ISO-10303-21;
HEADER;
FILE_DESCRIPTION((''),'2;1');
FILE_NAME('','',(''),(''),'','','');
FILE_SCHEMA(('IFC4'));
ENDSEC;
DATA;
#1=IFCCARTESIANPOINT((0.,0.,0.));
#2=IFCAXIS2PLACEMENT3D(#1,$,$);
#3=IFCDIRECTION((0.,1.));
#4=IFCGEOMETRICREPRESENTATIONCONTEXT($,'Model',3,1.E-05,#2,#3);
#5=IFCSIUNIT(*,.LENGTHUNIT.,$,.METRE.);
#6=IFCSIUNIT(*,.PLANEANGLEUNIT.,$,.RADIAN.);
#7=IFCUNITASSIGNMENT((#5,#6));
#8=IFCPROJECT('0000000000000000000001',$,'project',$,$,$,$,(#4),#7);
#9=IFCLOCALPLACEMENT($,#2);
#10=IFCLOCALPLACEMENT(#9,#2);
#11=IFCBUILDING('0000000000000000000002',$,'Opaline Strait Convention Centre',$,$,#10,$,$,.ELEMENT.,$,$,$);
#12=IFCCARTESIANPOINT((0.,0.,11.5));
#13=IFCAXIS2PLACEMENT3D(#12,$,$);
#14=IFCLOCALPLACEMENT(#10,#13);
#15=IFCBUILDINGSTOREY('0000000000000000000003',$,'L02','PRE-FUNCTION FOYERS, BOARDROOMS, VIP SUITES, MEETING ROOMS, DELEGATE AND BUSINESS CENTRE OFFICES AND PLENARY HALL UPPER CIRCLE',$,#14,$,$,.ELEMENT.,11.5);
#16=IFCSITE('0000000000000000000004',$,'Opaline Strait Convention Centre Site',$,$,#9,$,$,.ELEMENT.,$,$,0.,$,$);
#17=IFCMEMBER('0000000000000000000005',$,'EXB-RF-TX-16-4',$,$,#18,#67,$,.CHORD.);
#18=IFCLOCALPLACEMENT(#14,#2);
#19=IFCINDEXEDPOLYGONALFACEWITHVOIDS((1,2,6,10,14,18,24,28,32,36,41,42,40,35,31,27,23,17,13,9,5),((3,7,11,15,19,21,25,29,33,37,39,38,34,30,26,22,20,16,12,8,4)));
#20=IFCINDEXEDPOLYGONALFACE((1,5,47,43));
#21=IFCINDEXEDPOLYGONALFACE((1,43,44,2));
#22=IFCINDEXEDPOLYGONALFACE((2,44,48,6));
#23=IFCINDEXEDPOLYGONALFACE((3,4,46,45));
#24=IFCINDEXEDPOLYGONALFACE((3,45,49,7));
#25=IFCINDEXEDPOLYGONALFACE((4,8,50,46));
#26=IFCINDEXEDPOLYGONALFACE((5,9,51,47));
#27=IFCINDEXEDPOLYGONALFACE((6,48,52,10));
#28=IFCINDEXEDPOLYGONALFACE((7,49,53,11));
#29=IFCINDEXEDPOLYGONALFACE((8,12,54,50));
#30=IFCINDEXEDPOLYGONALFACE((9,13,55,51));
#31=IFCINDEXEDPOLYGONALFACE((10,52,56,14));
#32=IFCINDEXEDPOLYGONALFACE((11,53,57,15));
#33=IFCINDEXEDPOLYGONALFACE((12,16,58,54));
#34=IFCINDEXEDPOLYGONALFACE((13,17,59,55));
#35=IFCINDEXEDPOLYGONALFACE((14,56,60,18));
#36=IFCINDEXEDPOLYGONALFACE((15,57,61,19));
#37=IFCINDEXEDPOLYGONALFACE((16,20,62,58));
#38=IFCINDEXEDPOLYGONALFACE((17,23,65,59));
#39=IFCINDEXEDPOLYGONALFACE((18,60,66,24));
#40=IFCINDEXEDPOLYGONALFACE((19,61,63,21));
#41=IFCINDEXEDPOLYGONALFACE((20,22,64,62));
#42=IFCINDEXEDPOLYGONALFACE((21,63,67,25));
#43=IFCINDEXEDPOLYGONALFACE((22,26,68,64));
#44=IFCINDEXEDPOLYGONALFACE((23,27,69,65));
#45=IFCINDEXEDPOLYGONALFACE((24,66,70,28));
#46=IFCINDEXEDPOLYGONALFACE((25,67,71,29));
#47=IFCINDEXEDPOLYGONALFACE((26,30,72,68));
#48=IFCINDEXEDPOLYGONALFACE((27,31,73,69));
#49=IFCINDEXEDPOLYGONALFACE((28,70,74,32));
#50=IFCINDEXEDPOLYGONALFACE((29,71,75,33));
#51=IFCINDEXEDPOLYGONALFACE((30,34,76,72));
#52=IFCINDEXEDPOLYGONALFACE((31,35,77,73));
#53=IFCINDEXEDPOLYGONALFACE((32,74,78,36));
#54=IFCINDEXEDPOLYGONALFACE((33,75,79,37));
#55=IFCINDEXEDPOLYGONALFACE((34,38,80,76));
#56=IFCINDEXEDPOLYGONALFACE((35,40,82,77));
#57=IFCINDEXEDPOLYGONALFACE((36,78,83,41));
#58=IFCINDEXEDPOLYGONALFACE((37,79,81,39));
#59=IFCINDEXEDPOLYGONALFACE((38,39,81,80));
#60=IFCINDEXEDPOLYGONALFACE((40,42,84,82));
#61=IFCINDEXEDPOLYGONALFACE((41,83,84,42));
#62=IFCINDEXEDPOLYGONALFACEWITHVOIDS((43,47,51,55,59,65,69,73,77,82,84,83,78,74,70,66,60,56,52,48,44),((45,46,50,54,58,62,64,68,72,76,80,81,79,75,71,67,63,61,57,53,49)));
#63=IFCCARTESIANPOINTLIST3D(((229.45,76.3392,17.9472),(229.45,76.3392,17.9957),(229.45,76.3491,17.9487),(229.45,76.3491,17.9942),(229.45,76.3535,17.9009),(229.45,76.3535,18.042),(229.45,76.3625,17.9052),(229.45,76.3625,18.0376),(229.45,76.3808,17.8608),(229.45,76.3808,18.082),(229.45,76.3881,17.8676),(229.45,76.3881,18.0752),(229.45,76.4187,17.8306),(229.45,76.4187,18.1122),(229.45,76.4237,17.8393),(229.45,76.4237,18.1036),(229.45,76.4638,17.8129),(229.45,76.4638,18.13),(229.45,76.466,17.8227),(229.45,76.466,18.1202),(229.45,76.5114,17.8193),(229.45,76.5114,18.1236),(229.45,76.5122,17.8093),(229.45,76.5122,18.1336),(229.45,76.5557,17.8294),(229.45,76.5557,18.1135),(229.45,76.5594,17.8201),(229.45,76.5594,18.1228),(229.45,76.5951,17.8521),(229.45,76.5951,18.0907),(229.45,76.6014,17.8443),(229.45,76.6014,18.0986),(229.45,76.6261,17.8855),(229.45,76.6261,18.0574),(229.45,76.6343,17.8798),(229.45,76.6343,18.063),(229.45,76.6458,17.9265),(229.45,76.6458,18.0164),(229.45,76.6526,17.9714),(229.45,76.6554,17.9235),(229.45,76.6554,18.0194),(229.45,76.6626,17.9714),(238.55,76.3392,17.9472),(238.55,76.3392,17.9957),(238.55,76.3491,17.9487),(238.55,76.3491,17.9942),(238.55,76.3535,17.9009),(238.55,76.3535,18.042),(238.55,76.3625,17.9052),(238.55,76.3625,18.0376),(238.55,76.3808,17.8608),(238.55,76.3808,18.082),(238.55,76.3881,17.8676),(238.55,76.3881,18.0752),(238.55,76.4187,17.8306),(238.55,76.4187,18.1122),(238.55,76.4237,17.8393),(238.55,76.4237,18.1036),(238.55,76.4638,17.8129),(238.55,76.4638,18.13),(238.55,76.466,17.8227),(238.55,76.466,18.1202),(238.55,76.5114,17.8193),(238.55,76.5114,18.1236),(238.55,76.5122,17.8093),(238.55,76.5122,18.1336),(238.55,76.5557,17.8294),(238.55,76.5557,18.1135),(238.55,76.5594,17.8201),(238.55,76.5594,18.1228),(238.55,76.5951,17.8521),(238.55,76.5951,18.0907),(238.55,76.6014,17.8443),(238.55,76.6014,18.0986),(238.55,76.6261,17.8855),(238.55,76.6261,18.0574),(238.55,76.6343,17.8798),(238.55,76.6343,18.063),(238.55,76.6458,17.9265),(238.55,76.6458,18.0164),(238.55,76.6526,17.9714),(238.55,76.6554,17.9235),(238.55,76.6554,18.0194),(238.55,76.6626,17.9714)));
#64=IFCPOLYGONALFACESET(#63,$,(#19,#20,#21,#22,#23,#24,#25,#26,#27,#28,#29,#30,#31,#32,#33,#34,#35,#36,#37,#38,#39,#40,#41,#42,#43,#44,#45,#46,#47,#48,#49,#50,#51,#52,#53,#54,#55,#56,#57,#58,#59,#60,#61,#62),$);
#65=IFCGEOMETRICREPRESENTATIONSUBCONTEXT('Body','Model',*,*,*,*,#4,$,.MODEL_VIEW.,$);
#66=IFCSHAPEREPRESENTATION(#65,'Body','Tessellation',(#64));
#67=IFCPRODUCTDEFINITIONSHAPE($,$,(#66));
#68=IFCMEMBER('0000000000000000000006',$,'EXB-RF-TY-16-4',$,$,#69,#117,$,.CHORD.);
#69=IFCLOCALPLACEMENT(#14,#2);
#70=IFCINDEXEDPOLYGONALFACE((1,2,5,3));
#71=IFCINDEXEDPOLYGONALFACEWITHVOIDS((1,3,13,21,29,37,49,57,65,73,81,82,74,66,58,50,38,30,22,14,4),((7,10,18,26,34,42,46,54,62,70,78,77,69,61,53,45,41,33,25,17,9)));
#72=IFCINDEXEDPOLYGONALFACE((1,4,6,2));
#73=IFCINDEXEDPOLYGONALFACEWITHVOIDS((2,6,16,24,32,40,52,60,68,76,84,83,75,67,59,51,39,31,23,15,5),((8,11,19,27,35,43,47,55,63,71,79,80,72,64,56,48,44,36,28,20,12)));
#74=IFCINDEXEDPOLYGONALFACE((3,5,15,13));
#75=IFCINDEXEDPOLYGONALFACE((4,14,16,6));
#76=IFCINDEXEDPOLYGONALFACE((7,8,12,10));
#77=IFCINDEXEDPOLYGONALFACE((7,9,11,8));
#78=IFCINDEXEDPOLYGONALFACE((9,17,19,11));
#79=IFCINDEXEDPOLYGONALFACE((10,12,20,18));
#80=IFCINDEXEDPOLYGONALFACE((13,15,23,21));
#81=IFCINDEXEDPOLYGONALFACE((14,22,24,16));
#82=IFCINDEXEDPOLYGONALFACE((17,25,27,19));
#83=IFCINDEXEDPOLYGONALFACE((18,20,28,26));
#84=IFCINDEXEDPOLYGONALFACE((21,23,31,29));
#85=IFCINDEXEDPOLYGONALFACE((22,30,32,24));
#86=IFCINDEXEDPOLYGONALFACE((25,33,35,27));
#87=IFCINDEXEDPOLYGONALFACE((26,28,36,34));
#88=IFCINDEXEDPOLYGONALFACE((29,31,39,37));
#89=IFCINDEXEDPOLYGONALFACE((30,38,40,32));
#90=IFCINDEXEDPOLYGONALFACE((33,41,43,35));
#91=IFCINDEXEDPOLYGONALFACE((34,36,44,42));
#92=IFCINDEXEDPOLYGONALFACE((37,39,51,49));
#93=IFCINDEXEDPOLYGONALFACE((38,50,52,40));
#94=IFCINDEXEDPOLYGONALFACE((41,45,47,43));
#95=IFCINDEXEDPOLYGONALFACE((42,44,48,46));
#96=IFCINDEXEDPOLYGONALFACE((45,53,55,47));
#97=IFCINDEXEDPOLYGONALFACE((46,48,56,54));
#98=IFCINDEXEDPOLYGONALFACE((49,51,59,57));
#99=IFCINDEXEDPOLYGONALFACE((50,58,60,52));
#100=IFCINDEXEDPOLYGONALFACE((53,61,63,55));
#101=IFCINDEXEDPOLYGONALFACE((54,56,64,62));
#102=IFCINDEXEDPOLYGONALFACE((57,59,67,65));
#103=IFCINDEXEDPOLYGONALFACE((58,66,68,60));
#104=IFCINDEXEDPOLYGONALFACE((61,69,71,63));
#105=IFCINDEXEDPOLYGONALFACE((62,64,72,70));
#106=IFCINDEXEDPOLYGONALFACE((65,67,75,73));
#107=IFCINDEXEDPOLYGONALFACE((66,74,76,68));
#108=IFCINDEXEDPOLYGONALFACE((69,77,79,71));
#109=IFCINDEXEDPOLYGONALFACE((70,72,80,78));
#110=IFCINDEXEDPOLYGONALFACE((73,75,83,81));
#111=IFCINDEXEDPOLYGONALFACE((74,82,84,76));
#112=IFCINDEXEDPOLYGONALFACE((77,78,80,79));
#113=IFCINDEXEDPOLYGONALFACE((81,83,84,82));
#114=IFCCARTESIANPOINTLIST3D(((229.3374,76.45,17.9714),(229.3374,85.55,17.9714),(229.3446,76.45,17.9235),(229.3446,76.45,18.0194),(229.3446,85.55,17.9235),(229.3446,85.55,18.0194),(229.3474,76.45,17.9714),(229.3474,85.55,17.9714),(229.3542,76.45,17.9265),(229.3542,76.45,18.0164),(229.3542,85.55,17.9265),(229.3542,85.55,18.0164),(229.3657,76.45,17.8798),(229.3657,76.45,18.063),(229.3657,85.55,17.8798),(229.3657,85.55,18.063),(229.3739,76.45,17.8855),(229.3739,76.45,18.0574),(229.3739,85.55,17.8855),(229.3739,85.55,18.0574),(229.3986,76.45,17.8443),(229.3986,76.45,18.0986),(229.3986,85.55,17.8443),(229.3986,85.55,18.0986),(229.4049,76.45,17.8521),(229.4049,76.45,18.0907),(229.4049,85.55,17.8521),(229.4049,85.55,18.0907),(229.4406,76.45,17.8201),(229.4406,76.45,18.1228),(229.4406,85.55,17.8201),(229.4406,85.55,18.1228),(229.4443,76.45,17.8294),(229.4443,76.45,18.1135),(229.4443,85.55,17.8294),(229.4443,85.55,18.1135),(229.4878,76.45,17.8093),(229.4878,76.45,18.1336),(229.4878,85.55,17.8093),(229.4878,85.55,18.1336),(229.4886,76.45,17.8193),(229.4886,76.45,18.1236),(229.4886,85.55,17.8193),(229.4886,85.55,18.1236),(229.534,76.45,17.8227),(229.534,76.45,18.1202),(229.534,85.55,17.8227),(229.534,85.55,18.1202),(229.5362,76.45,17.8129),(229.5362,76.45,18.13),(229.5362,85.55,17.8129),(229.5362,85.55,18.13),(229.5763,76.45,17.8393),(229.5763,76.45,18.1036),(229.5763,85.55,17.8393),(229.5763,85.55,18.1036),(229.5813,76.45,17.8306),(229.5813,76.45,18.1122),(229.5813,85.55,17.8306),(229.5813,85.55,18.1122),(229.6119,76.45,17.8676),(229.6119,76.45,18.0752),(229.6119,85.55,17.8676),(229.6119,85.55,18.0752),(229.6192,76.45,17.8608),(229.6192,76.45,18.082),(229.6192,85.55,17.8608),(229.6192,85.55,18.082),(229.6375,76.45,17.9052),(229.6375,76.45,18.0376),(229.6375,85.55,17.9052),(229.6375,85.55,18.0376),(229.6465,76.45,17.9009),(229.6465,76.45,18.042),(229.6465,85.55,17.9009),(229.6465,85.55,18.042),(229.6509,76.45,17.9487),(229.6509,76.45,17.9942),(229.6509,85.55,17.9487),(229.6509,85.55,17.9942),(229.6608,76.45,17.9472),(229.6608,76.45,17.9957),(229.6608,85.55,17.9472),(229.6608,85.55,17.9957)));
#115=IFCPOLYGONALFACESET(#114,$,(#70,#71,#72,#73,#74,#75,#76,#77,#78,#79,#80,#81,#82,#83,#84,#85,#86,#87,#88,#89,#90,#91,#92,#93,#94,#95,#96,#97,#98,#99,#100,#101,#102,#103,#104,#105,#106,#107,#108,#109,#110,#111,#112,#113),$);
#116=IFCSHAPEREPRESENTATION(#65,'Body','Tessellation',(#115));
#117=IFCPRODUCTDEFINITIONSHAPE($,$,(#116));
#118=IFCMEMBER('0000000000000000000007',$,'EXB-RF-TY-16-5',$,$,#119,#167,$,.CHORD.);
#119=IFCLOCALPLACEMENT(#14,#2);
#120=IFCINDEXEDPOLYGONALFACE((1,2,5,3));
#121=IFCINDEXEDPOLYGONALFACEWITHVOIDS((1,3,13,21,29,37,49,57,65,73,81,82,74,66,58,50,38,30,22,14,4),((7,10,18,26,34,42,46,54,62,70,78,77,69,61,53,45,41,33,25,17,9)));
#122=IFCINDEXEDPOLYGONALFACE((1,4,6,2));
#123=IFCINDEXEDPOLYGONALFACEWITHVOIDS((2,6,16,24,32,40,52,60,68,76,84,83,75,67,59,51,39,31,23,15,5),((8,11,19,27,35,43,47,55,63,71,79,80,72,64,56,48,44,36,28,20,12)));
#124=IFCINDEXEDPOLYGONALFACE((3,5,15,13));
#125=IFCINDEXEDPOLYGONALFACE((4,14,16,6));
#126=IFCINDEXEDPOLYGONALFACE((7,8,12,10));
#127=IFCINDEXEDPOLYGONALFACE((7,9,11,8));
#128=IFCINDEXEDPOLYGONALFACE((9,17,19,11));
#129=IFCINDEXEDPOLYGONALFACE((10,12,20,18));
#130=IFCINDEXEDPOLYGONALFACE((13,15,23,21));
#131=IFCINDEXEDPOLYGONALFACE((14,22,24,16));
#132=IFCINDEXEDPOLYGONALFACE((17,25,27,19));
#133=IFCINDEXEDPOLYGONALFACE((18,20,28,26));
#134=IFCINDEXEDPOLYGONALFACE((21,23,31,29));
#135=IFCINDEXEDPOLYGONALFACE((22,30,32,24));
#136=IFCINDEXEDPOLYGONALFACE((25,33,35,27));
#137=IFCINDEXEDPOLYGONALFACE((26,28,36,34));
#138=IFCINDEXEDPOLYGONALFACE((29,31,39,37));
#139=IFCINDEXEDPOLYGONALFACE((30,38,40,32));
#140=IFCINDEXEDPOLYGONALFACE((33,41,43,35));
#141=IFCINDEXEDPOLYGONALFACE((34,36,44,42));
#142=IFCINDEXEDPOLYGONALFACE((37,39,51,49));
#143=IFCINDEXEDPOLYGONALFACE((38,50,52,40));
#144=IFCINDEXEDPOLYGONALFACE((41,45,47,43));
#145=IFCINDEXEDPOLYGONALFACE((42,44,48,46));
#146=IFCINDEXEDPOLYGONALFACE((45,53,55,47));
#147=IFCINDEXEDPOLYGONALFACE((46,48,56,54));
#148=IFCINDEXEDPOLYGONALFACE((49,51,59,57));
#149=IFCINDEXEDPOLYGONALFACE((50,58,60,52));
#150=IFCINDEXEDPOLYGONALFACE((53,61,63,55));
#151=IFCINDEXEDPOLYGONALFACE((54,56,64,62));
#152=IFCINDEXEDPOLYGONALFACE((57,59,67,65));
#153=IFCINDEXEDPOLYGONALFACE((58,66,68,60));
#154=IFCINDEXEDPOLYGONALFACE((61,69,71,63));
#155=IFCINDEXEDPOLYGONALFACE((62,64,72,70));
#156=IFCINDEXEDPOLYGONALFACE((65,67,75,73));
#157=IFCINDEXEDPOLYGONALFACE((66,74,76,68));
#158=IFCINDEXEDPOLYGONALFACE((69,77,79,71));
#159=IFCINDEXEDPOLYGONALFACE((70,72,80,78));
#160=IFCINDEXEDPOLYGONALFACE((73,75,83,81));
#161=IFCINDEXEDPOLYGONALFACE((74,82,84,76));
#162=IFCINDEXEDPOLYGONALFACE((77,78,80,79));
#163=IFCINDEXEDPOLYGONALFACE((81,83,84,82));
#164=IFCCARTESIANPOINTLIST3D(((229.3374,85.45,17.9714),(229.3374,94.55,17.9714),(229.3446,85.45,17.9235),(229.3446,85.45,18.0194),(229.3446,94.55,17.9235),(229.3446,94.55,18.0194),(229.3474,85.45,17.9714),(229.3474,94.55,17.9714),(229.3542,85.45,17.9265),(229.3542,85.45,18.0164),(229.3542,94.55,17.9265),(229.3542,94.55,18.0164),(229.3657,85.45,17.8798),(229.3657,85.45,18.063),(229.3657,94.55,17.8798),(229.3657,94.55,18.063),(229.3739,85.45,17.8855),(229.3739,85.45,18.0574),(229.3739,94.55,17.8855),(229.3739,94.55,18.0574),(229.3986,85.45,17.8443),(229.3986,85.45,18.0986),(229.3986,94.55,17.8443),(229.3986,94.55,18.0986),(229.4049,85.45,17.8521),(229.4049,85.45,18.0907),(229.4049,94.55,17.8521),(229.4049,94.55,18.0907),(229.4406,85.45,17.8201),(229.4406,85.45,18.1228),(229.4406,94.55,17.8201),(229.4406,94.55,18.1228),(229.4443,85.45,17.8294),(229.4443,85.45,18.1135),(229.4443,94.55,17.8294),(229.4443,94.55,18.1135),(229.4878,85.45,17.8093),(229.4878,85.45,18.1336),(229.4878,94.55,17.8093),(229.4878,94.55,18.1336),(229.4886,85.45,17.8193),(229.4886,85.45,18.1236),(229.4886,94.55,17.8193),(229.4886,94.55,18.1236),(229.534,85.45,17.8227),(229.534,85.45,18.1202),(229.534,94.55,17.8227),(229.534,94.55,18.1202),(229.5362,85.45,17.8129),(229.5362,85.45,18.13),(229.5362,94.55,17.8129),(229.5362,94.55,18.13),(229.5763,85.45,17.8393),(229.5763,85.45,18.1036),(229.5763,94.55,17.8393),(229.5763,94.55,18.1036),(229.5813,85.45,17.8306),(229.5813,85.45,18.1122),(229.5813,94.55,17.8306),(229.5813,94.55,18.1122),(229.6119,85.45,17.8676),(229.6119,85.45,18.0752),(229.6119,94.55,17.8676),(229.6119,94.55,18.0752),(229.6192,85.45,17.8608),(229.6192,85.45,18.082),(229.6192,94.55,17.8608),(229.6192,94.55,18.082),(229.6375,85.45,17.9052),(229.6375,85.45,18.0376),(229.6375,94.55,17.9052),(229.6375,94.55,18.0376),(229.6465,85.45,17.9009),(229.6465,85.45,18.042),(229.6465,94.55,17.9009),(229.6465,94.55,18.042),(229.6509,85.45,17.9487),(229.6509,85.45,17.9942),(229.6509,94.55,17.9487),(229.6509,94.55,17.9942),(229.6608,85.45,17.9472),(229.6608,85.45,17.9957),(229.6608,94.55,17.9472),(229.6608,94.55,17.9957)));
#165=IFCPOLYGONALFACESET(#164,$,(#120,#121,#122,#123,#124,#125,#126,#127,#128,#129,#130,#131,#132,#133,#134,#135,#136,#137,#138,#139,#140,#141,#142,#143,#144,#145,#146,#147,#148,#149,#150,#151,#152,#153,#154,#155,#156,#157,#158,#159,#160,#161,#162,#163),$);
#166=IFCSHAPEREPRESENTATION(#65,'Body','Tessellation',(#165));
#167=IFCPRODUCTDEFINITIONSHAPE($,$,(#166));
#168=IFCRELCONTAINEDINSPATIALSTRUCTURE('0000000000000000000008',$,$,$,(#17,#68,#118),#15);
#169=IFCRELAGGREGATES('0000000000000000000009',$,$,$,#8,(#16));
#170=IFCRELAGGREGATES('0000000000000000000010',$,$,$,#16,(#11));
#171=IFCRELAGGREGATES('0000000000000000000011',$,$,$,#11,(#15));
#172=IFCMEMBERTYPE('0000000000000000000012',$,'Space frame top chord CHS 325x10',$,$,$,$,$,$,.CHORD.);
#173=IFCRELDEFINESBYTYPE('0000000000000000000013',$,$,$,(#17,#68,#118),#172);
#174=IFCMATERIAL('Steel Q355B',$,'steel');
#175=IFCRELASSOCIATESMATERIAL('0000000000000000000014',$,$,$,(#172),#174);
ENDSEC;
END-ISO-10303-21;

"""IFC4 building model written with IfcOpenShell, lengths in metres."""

from ifc_helpers import new_model, si_unit, direction, frame, origin, origin_2d, place, context, subcontext, project, spatial, hollow_circle, extrude, material, material_profile, profile_set, type_object, element, save


model = new_model("IFC4")

# Units and contexts
model_context = context("Model", 3, precision=1e-05, world=origin(), true_north=direction((0.0, 1.0)))
body_context = subcontext(model_context, "Body", "Model", "MODEL_VIEW")
ifc_project = project(units=[si_unit("LENGTHUNIT", "METRE"), si_unit("PLANEANGLEUNIT", "RADIAN")], contexts=[model_context])

# Site, building, storey
site_placement = place(None, origin())
site = spatial("IfcSite", under=ifc_project, at=site_placement, Name="Opaline Strait Convention Centre Site", CompositionType="ELEMENT", RefElevation=0.0)
building_placement = place(site_placement, origin())
building = spatial("IfcBuilding", under=site, at=building_placement, Name="Opaline Strait Convention Centre", CompositionType="ELEMENT")
storey_placement = place(building_placement, frame((0.0, 0.0, 11.5)))
storey = spatial("IfcBuildingStorey", under=building, at=storey_placement, Name="L02", Description="PRE-FUNCTION FOYERS, BOARDROOMS, VIP SUITES, MEETING ROOMS, DELEGATE AND BUSINESS CENTRE OFFICES AND PLENARY HALL UPPER CIRCLE", CompositionType="ELEMENT", Elevation=11.5)

# Members
ifc_material = material(Name="Steel Q355B", Category="steel")
ifc_material_profile_1 = material_profile(ifc_material, hollow_circle(Radius=0.1626, WallThickness=0.01, at=origin_2d()), Name="CHS 325x10")
ifc_profile_set_1 = profile_set([ifc_material_profile_1], Name="Steel Q355B")
member_type_1 = type_object("IfcMemberType", Name="Space frame top chord CHS 325x10", PredefinedType="CHORD", material=ifc_profile_set_1)
for number, where, z_axis, x_axis, name in (
    (1, (229.45, 76.5, 17.9714), (1.0, 0.0, 0.0), (0.0, 1.0, 0.0), "EXB-RF-TX-16-4"),
    (2, (229.5, 76.45, 17.9714), (0.0, 1.0, 0.0), (-1.0, 0.0, 0.0), "EXB-RF-TY-16-4"),
    (3, (229.5, 85.45, 17.9714), (0.0, 1.0, 0.0), (-1.0, 0.0, 0.0), "EXB-RF-TY-16-5"),
):
    element("IfcMember", number, at=place(storey_placement, frame(where, z_axis=z_axis, x_axis=x_axis)), inside=storey, type_object=member_type_1, Name=name, PredefinedType="CHORD", context=body_context, shape_type="SweptSolid", body=[
        extrude(hollow_circle(Radius=0.1626, WallThickness=0.01, at=origin_2d()), origin(), (0.0, 0.0, 1.0), 9.1001),
    ])

save(model, "model.ifc")
